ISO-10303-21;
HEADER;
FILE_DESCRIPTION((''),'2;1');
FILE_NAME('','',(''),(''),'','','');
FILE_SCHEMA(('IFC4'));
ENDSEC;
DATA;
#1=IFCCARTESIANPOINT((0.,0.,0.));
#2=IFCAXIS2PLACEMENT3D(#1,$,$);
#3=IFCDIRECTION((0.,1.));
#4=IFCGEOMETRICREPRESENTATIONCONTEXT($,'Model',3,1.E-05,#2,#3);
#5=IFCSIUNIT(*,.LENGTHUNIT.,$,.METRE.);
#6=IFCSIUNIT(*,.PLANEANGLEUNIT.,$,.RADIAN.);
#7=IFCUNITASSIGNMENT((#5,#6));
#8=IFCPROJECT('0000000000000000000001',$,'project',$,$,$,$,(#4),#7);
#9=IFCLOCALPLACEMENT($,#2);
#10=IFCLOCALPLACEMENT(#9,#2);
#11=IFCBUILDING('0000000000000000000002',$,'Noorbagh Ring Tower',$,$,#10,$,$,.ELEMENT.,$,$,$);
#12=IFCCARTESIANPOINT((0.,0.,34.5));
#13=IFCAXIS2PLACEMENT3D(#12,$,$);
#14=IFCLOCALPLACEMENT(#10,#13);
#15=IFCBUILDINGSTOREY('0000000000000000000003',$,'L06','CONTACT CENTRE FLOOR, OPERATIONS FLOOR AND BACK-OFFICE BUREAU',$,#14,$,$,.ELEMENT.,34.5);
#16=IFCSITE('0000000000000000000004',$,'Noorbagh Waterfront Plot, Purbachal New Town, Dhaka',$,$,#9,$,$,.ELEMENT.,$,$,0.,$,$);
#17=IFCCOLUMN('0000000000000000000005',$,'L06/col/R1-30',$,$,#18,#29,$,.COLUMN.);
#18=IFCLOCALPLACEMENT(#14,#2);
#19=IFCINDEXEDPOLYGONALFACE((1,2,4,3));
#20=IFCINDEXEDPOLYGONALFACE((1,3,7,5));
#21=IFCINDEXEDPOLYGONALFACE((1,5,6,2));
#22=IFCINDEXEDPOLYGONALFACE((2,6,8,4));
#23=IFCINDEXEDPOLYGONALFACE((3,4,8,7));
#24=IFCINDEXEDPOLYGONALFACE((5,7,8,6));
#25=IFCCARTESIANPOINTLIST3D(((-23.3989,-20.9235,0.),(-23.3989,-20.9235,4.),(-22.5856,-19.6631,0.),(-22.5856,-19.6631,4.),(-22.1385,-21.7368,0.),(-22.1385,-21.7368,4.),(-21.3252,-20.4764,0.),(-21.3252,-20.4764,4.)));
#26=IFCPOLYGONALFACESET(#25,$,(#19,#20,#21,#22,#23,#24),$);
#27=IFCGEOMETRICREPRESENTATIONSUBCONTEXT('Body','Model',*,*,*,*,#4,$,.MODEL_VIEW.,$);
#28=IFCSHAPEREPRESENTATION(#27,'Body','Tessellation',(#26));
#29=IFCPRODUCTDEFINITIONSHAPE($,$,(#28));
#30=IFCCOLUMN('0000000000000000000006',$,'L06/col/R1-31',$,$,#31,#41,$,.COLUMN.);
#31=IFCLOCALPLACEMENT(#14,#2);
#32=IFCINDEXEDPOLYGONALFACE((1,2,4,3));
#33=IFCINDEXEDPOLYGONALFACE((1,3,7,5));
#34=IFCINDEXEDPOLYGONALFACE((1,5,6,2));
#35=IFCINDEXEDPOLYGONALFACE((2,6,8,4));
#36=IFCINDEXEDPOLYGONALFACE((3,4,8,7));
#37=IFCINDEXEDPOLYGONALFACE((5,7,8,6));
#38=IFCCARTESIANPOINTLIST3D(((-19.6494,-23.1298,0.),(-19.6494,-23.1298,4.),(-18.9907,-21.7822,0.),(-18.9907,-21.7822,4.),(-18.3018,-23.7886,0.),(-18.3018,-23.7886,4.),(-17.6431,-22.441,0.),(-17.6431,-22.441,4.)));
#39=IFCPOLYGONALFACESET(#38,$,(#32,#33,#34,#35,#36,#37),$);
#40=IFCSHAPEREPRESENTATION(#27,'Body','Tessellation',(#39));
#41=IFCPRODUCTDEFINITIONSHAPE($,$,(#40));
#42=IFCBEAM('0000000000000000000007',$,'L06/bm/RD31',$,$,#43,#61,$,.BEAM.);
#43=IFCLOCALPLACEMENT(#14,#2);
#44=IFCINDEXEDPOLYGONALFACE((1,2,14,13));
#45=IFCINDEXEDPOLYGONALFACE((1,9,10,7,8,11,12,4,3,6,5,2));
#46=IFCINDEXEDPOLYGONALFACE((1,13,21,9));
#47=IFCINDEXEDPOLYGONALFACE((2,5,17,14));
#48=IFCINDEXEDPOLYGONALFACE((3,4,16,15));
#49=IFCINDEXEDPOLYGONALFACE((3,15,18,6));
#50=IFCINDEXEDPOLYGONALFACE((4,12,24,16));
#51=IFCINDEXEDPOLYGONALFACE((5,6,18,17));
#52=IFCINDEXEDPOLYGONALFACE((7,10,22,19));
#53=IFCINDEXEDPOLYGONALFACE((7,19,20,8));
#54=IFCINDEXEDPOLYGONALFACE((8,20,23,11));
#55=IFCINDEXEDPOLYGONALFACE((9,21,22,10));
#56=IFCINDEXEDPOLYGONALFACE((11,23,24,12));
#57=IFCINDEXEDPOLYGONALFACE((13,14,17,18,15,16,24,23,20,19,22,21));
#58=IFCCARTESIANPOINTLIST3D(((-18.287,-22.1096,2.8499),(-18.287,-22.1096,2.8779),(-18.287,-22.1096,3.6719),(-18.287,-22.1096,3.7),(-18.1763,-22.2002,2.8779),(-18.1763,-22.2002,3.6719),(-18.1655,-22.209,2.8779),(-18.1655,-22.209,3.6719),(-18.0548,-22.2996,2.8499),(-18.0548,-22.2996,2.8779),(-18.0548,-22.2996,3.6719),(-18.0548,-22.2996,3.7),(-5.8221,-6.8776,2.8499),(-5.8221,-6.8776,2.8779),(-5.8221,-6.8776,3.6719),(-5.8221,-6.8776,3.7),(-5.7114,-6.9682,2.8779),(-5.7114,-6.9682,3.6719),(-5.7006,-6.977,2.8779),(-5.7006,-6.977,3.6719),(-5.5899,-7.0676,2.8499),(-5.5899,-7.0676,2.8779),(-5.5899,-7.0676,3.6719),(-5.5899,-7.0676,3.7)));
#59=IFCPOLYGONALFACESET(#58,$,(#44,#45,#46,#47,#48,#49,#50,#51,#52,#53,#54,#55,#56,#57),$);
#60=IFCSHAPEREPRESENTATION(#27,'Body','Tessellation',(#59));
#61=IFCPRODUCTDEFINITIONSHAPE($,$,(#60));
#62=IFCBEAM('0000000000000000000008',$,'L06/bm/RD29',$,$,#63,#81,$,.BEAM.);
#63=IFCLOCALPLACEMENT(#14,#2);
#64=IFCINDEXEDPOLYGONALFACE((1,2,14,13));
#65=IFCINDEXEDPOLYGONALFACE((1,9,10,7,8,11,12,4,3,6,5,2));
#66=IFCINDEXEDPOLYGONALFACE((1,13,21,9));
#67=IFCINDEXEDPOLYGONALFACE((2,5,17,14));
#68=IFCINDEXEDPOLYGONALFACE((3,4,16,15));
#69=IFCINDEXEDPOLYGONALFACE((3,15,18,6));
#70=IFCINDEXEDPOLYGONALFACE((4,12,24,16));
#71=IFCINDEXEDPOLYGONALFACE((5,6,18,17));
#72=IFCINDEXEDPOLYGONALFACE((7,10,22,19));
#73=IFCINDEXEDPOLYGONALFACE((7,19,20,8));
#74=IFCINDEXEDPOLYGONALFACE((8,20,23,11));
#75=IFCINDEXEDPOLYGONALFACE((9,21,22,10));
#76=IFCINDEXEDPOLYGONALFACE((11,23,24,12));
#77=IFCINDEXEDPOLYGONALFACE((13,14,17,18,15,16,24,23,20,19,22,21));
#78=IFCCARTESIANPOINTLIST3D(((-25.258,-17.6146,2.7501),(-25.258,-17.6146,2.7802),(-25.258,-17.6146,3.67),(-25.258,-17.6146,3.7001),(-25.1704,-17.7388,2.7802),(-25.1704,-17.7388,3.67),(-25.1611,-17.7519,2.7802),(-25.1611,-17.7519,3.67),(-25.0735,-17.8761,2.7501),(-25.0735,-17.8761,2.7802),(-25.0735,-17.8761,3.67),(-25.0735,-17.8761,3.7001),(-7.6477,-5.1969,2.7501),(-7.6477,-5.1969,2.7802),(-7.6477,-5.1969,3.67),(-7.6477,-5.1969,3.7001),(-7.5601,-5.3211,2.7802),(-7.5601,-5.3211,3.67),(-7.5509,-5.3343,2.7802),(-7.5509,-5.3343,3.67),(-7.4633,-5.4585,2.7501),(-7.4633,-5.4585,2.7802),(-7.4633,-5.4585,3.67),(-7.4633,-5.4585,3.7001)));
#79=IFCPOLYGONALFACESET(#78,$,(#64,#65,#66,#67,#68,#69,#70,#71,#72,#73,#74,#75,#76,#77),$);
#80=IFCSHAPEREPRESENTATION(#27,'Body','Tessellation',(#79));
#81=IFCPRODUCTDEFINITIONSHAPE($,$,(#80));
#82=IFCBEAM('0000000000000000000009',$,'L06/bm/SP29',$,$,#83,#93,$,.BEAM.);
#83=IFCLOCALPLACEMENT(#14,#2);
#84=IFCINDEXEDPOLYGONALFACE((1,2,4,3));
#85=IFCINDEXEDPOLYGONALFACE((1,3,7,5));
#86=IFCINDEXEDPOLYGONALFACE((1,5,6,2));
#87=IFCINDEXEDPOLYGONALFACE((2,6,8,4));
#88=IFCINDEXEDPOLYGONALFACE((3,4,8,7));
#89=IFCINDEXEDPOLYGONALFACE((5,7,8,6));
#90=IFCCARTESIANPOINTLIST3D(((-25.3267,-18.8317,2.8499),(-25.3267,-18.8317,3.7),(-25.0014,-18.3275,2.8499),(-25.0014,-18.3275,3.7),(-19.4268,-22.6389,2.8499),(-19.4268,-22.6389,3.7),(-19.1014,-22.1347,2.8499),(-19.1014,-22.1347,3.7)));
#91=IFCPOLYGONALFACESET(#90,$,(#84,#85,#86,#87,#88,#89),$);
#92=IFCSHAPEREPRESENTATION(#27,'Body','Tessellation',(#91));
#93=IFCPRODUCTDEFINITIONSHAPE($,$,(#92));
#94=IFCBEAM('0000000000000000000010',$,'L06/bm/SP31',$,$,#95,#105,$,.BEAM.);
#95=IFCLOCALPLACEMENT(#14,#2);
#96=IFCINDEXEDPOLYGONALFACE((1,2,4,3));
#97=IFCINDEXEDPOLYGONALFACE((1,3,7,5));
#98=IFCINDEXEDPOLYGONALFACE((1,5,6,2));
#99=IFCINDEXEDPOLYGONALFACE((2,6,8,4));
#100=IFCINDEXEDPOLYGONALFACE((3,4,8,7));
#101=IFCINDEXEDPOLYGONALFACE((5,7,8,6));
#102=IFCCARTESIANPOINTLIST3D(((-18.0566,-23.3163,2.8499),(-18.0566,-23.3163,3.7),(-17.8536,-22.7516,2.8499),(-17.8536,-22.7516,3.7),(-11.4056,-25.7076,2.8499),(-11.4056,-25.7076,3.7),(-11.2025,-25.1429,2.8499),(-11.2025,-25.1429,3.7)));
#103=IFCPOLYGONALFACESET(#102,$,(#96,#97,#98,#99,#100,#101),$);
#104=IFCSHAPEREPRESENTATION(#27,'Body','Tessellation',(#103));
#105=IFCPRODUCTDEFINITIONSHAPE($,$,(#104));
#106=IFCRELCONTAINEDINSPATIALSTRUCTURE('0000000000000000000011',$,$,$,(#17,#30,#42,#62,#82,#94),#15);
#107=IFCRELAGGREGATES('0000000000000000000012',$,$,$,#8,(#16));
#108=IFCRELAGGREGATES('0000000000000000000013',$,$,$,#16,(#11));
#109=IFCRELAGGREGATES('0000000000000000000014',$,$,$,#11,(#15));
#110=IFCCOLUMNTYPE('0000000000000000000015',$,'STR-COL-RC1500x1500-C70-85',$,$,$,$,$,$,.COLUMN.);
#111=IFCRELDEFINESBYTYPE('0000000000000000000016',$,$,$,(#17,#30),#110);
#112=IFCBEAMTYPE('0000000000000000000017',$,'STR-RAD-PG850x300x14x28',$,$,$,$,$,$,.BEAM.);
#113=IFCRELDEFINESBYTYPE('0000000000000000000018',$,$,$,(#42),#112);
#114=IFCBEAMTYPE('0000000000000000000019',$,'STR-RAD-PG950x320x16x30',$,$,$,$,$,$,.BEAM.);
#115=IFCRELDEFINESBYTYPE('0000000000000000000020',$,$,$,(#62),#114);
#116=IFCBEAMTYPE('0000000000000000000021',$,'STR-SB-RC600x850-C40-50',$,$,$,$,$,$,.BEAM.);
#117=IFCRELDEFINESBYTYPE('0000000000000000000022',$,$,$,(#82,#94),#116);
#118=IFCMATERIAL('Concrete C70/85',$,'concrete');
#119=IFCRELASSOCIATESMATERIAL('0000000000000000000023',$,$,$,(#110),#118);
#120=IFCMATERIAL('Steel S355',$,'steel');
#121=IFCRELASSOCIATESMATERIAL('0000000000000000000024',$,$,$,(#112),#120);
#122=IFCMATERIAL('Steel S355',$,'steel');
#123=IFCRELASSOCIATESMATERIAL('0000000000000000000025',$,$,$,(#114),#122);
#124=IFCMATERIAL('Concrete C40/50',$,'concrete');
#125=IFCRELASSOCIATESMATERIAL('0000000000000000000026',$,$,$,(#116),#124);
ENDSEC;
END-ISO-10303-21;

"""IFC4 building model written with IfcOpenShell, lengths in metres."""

from ifc_helpers import new_model, si_unit, direction, frame, origin, origin_2d, place, context, subcontext, project, spatial, rectangle, i_section, extrude, material, material_profile, profile_set, type_object, element, save


model = new_model("IFC4")

# Units and contexts
model_context = context("Model", 3, precision=1e-05, world=origin(), true_north=direction((0.0, 1.0)))
body_context = subcontext(model_context, "Body", "Model", "MODEL_VIEW")
ifc_project = project(units=[si_unit("LENGTHUNIT", "METRE"), si_unit("PLANEANGLEUNIT", "RADIAN")], contexts=[model_context])

# Site, building, storey
site_placement = place(None, origin())
site = spatial("IfcSite", under=ifc_project, at=site_placement, Name="Noorbagh Waterfront Plot, Purbachal New Town, Dhaka", CompositionType="ELEMENT", RefElevation=0.0)
building_placement = place(site_placement, origin())
building = spatial("IfcBuilding", under=site, at=building_placement, Name="Noorbagh Ring Tower", CompositionType="ELEMENT")
storey_placement = place(building_placement, frame((0.0, 0.0, 34.5)))
storey = spatial("IfcBuildingStorey", under=building, at=storey_placement, Name="L06", Description="CONTACT CENTRE FLOOR, OPERATIONS FLOOR AND BACK-OFFICE BUREAU", CompositionType="ELEMENT", Elevation=34.5)

# Columns
ifc_material_1 = material(Name="Concrete C70/85", Category="concrete")
ifc_material_profile_1 = material_profile(ifc_material_1, rectangle(XDim=1.5, YDim=1.5, at=origin_2d()), Name="RC1500x1500")
ifc_profile_set_1 = profile_set([ifc_material_profile_1], Name="Concrete C70/85")
column_type = type_object("IfcColumnType", Name="STR-COL-RC1500x1500-C70-85", PredefinedType="COLUMN", material=ifc_profile_set_1)
for number, where, z_axis, x_axis, name in (
    (1, (-22.3621, -20.7, 0.0), (0.0, 0.0, 1.0), (0.840248, -0.542203, 0.0), "L06/col/R1-30"),
    (2, (-18.6462, -22.7854, 0.0), (0.0, 0.0, 1.0), (0.898399, -0.43918, 0.0), "L06/col/R1-31"),
):
    element("IfcColumn", number, at=place(storey_placement, frame(where, z_axis=z_axis, x_axis=x_axis)), inside=storey, type_object=column_type, Name=name, PredefinedType="COLUMN", context=body_context, shape_type="SweptSolid", body=[
        extrude(rectangle(XDim=1.5, YDim=1.5, at=origin_2d()), origin(), (0.0, 0.0, 1.0), 4.0),
    ])

# Beams
ifc_material_2 = material(Name="Steel S355", Category="steel")
ifc_material_profile_2 = material_profile(ifc_material_2, i_section(OverallWidth=0.3, OverallDepth=0.8501, WebThickness=0.0139, FlangeThickness=0.0281, at=origin_2d()), Name="PG850x300x14x28")
ifc_profile_set_2 = profile_set([ifc_material_profile_2], Name="Steel S355")
beam_type_1 = type_object("IfcBeamType", Name="STR-RAD-PG850x300x14x28", PredefinedType="BEAM", material=ifc_profile_set_2)
beam_1_placement = place(storey_placement, frame((-18.1709, -22.2046, 3.2749), z_axis=(0.633309, 0.773899, 0.0), x_axis=(-0.773899, 0.633309, 0.0)))
element("IfcBeam", 3, at=beam_1_placement, inside=storey, type_object=beam_type_1, Name="L06/bm/RD31", PredefinedType="BEAM", context=body_context, shape_type="SweptSolid", body=[
    extrude(i_section(OverallWidth=0.3, OverallDepth=0.8501, WebThickness=0.0139, FlangeThickness=0.0281, at=origin_2d()), origin(), (0.0, 0.0, 1.0), 19.6821),
])
ifc_material_3 = material(Name="Steel S355", Category="steel")
ifc_material_profile_3 = material_profile(ifc_material_3, i_section(OverallWidth=0.3201, OverallDepth=0.95, WebThickness=0.0161, FlangeThickness=0.03, at=origin_2d()), Name="PG950x320x16x30")
ifc_profile_set_3 = profile_set([ifc_material_profile_3], Name="Steel S355")
beam_type_2 = type_object("IfcBeamType", Name="STR-RAD-PG950x320x16x30", PredefinedType="BEAM", material=ifc_profile_set_3)
beam_2_placement = place(storey_placement, frame((-25.1658, -17.7454, 3.2251), z_axis=(0.817254, 0.576277, 0.0), x_axis=(-0.576277, 0.817254, 0.0)))
element("IfcBeam", 4, at=beam_2_placement, inside=storey, type_object=beam_type_2, Name="L06/bm/RD29", PredefinedType="BEAM", context=body_context, shape_type="SweptSolid", body=[
    extrude(i_section(OverallWidth=0.3201, OverallDepth=0.95, WebThickness=0.0161, FlangeThickness=0.03, at=origin_2d()), origin(), (0.0, 0.0, 1.0), 21.5481),
])
ifc_material_4 = material(Name="Concrete C40/50", Category="concrete")
ifc_material_profile_4 = material_profile(ifc_material_4, rectangle(XDim=0.6001, YDim=0.8501, at=origin_2d()), Name="RC600x850")
ifc_profile_set_4 = profile_set([ifc_material_profile_4], Name="Concrete C40/50")
beam_type_3 = type_object("IfcBeamType", Name="STR-SB-RC600x850-C40-50", PredefinedType="BEAM", material=ifc_profile_set_4)
beam_3_placement = place(storey_placement, frame((-25.1641, -18.5796, 3.2749), z_axis=(0.840249, -0.542201, 0.0), x_axis=(0.542201, 0.840249, 0.0)))
element("IfcBeam", 5, at=beam_3_placement, inside=storey, type_object=beam_type_3, Name="L06/bm/SP29", PredefinedType="BEAM", context=body_context, shape_type="SweptSolid", body=[
    extrude(rectangle(XDim=0.6001, YDim=0.8501, at=origin_2d()), origin(), (0.0, 0.0, 1.0), 7.0217),
])
beam_4_placement = place(storey_placement, frame((-17.9551, -23.0339, 3.2749), z_axis=(0.941025, -0.338338, 0.0), x_axis=(0.338338, 0.941025, 0.0)))
element("IfcBeam", 6, at=beam_4_placement, inside=storey, type_object=beam_type_3, Name="L06/bm/SP31", PredefinedType="BEAM", context=body_context, shape_type="SweptSolid", body=[
    extrude(rectangle(XDim=0.6001, YDim=0.8501, at=origin_2d()), origin(), (0.0, 0.0, 1.0), 7.0679),
])

save(model, "model.ifc")
